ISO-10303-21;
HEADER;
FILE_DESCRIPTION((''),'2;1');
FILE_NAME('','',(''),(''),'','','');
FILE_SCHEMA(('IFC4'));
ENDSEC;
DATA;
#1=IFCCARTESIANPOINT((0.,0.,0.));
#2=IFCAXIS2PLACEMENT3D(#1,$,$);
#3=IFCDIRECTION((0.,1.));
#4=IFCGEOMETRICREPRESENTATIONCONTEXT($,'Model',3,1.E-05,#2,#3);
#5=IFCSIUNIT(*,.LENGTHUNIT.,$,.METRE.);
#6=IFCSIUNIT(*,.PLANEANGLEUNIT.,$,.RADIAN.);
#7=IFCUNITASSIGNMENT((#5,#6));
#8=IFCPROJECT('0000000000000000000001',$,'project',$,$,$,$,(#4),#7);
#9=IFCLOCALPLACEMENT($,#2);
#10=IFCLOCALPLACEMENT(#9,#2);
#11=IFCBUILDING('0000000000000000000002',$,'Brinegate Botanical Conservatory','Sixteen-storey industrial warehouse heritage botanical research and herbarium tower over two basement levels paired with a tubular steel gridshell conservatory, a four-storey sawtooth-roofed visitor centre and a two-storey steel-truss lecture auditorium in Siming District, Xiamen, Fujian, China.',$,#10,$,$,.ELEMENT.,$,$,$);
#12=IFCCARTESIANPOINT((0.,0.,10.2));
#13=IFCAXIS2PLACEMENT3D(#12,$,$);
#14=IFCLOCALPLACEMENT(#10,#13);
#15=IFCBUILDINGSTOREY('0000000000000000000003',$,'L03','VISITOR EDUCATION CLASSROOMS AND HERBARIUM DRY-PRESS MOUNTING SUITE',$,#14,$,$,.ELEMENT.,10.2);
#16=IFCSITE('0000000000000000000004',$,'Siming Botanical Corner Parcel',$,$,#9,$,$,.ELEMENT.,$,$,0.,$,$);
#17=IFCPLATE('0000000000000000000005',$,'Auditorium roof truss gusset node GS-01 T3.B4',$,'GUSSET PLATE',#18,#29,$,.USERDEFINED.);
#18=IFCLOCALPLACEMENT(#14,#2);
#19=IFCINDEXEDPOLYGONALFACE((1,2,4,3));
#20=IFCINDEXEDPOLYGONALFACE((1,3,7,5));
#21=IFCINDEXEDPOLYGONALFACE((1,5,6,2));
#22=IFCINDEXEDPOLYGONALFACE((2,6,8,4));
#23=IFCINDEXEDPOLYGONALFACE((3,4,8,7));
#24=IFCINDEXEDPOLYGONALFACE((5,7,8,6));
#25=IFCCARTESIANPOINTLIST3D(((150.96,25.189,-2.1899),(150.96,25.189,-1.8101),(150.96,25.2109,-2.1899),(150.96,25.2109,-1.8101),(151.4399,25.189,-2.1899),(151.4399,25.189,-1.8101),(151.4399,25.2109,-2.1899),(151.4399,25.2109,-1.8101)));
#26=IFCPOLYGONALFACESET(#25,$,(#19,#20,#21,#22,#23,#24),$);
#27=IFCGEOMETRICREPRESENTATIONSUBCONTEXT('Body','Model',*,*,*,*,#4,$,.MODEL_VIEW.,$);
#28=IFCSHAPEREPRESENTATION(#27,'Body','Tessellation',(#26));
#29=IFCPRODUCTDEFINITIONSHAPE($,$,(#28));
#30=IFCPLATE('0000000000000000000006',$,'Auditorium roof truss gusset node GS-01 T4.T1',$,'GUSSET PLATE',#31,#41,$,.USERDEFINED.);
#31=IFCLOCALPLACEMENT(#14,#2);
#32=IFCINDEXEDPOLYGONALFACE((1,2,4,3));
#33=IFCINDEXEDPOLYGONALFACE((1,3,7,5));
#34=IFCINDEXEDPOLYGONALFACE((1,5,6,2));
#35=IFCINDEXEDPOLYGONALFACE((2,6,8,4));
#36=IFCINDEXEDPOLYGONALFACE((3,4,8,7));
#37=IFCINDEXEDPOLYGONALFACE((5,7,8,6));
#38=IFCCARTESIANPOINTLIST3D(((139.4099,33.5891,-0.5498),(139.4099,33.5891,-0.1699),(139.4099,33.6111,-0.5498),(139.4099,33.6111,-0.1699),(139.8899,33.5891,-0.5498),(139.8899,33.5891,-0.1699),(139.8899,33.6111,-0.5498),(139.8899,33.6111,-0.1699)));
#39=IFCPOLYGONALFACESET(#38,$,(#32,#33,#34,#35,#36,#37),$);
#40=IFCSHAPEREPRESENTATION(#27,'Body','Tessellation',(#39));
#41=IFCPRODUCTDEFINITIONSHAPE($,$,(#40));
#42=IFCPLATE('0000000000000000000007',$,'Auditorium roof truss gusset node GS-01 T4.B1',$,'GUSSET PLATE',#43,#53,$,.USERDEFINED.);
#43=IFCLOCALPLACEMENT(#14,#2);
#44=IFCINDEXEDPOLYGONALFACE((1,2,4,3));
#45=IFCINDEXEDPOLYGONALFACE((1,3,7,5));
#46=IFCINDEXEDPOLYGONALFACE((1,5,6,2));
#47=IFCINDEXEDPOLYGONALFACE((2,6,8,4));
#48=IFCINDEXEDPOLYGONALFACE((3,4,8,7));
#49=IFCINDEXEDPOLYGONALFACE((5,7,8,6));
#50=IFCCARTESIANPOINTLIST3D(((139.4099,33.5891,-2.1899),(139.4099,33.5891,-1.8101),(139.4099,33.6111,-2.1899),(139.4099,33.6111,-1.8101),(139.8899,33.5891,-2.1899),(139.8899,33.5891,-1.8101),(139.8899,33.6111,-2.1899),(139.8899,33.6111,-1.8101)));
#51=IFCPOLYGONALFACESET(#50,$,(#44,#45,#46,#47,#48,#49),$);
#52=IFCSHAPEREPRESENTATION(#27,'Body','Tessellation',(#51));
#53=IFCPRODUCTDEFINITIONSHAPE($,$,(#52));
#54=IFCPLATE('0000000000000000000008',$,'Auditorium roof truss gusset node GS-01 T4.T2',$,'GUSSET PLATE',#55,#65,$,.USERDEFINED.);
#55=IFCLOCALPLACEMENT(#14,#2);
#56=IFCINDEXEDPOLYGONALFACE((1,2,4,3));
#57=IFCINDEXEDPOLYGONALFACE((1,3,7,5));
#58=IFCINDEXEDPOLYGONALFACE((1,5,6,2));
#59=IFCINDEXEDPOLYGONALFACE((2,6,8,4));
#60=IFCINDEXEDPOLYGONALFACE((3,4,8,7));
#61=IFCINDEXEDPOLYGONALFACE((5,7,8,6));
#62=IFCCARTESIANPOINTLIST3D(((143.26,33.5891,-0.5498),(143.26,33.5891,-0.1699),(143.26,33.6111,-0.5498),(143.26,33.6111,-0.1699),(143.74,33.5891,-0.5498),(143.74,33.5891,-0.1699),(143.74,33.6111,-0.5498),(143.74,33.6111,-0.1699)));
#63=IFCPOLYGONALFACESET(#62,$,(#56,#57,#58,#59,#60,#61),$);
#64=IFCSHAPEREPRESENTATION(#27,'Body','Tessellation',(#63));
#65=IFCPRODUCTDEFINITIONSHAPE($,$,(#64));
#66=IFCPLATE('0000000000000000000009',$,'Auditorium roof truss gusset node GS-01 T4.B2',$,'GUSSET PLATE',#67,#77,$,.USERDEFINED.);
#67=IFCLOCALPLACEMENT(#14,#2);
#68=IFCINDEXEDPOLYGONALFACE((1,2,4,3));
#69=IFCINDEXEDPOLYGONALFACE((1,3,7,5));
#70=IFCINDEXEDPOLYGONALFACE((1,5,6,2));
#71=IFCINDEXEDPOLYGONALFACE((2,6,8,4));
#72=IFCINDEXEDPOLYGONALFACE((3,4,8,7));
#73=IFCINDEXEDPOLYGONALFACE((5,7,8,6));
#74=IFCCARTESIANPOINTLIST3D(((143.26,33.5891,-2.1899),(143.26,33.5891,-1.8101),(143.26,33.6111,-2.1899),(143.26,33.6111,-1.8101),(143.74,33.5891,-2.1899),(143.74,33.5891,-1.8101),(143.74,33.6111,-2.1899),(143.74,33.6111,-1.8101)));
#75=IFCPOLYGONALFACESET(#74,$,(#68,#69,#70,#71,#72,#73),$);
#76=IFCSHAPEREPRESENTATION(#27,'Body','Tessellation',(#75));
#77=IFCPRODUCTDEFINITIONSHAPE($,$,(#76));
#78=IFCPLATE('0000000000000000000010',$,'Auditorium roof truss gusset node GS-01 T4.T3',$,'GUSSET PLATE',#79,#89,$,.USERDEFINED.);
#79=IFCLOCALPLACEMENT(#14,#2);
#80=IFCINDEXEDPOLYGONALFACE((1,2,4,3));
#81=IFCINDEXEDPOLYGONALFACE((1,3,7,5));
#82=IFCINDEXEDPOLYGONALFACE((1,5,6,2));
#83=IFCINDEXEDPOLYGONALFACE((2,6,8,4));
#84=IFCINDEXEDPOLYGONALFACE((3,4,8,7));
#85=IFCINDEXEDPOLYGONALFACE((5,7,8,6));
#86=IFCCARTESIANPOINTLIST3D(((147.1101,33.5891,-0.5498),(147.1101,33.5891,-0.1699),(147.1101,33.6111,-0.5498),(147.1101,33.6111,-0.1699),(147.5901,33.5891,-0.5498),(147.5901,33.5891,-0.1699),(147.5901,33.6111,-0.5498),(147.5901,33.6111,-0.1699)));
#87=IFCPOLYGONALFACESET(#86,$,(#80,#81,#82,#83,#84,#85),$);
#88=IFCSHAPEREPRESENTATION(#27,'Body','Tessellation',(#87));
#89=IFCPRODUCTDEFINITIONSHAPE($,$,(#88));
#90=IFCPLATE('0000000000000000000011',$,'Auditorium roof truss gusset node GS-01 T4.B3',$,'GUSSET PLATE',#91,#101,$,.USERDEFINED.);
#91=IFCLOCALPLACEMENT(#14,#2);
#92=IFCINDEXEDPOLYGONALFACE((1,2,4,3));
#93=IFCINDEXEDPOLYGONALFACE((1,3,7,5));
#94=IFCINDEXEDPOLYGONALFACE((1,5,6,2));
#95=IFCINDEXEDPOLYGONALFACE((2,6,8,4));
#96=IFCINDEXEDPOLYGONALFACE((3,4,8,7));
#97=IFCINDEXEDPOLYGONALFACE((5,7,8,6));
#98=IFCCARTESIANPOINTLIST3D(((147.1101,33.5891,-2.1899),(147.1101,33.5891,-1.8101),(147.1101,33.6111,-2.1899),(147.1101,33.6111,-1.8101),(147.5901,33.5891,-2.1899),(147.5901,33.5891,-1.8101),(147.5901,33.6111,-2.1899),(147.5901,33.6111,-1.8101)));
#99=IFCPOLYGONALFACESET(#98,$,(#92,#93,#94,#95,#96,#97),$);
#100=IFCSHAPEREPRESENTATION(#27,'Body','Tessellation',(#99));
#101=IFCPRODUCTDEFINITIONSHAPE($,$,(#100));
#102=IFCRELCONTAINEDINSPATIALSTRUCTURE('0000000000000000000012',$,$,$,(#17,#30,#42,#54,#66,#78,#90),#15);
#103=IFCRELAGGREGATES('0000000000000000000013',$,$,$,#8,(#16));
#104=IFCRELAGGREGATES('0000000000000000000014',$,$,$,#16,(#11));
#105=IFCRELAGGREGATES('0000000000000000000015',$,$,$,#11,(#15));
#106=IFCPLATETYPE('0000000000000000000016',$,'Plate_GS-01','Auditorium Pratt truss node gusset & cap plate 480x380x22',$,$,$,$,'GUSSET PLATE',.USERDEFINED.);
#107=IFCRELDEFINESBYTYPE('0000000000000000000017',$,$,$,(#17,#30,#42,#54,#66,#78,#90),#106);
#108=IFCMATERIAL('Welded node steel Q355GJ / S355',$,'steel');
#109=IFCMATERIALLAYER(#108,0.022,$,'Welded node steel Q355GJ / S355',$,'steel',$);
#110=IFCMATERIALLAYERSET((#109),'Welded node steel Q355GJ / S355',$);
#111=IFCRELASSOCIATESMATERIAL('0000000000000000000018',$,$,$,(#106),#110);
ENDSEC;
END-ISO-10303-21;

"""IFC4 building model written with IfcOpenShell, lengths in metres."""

from ifc_helpers import new_model, si_unit, direction, frame, origin, origin_2d, place, context, subcontext, project, spatial, rectangle, extrude, material, layer, layer_set, type_object, element, save


model = new_model("IFC4")

# Units and contexts
model_context = context("Model", 3, precision=1e-05, world=origin(), true_north=direction((0.0, 1.0)))
body_context = subcontext(model_context, "Body", "Model", "MODEL_VIEW")
ifc_project = project(units=[si_unit("LENGTHUNIT", "METRE"), si_unit("PLANEANGLEUNIT", "RADIAN")], contexts=[model_context])

# Site, building, storey
site_placement = place(None, origin())
site = spatial("IfcSite", under=ifc_project, at=site_placement, Name="Siming Botanical Corner Parcel", CompositionType="ELEMENT", RefElevation=0.0)
building_placement = place(site_placement, origin())
building = spatial("IfcBuilding", under=site, at=building_placement, Name="Brinegate Botanical Conservatory", Description="Sixteen-storey industrial warehouse heritage botanical research and herbarium tower over two basement levels paired with a tubular steel gridshell conservatory, a four-storey sawtooth-roofed visitor centre and a two-storey steel-truss lecture auditorium in Siming District, Xiamen, Fujian, China.", CompositionType="ELEMENT")
storey_placement = place(building_placement, frame((0.0, 0.0, 10.2)))
storey = spatial("IfcBuildingStorey", under=building, at=storey_placement, Name="L03", Description="VISITOR EDUCATION CLASSROOMS AND HERBARIUM DRY-PRESS MOUNTING SUITE", CompositionType="ELEMENT", Elevation=10.2)

# Plates
ifc_material_1 = material(Name="Welded node steel Q355GJ / S355", Category="steel")
ifc_layer = layer(ifc_material_1, 0.022, Name="Welded node steel Q355GJ / S355", Category="steel")
ifc_layer_set = layer_set([ifc_layer], Name="Welded node steel Q355GJ / S355")
plate_type = type_object("IfcPlateType", Name="Plate_GS-01", Description="Auditorium Pratt truss node gusset & cap plate 480x380x22", ElementType="GUSSET PLATE", PredefinedType="USERDEFINED", material=ifc_layer_set)
for number, where, z_axis, x_axis, name in (
    (1, (151.2, 25.2, -2.1899), (0.0, 0.0, 1.0), (1.0, 0.0, 0.0), "Auditorium roof truss gusset node GS-01 T3.B4"),
    (2, (139.6499, 33.6001, -0.5498), (0.0, 0.0, 1.0), (1.0, 0.0, 0.0), "Auditorium roof truss gusset node GS-01 T4.T1"),
    (3, (139.6499, 33.6001, -2.1899), (0.0, 0.0, 1.0), (1.0, 0.0, 0.0), "Auditorium roof truss gusset node GS-01 T4.B1"),
    (4, (143.5, 33.6001, -0.5498), (0.0, 0.0, 1.0), (1.0, 0.0, 0.0), "Auditorium roof truss gusset node GS-01 T4.T2"),
    (5, (143.5, 33.6001, -2.1899), (0.0, 0.0, 1.0), (1.0, 0.0, 0.0), "Auditorium roof truss gusset node GS-01 T4.B2"),
    (6, (147.3501, 33.6001, -0.5498), (0.0, 0.0, 1.0), (1.0, 0.0, 0.0), "Auditorium roof truss gusset node GS-01 T4.T3"),
    (7, (147.3501, 33.6001, -2.1899), (0.0, 0.0, 1.0), (1.0, 0.0, 0.0), "Auditorium roof truss gusset node GS-01 T4.B3"),
):
    element("IfcPlate", number, at=place(storey_placement, frame(where, z_axis=z_axis, x_axis=x_axis)), inside=storey, type_object=plate_type, Name=name, ObjectType="GUSSET PLATE", PredefinedType="USERDEFINED", context=body_context, shape_type="SweptSolid", body=[
        extrude(rectangle(XDim=0.48, YDim=0.022, at=origin_2d()), origin(), (0.0, 0.0, 1.0), 0.3799),
    ])

save(model, "model.ifc")
